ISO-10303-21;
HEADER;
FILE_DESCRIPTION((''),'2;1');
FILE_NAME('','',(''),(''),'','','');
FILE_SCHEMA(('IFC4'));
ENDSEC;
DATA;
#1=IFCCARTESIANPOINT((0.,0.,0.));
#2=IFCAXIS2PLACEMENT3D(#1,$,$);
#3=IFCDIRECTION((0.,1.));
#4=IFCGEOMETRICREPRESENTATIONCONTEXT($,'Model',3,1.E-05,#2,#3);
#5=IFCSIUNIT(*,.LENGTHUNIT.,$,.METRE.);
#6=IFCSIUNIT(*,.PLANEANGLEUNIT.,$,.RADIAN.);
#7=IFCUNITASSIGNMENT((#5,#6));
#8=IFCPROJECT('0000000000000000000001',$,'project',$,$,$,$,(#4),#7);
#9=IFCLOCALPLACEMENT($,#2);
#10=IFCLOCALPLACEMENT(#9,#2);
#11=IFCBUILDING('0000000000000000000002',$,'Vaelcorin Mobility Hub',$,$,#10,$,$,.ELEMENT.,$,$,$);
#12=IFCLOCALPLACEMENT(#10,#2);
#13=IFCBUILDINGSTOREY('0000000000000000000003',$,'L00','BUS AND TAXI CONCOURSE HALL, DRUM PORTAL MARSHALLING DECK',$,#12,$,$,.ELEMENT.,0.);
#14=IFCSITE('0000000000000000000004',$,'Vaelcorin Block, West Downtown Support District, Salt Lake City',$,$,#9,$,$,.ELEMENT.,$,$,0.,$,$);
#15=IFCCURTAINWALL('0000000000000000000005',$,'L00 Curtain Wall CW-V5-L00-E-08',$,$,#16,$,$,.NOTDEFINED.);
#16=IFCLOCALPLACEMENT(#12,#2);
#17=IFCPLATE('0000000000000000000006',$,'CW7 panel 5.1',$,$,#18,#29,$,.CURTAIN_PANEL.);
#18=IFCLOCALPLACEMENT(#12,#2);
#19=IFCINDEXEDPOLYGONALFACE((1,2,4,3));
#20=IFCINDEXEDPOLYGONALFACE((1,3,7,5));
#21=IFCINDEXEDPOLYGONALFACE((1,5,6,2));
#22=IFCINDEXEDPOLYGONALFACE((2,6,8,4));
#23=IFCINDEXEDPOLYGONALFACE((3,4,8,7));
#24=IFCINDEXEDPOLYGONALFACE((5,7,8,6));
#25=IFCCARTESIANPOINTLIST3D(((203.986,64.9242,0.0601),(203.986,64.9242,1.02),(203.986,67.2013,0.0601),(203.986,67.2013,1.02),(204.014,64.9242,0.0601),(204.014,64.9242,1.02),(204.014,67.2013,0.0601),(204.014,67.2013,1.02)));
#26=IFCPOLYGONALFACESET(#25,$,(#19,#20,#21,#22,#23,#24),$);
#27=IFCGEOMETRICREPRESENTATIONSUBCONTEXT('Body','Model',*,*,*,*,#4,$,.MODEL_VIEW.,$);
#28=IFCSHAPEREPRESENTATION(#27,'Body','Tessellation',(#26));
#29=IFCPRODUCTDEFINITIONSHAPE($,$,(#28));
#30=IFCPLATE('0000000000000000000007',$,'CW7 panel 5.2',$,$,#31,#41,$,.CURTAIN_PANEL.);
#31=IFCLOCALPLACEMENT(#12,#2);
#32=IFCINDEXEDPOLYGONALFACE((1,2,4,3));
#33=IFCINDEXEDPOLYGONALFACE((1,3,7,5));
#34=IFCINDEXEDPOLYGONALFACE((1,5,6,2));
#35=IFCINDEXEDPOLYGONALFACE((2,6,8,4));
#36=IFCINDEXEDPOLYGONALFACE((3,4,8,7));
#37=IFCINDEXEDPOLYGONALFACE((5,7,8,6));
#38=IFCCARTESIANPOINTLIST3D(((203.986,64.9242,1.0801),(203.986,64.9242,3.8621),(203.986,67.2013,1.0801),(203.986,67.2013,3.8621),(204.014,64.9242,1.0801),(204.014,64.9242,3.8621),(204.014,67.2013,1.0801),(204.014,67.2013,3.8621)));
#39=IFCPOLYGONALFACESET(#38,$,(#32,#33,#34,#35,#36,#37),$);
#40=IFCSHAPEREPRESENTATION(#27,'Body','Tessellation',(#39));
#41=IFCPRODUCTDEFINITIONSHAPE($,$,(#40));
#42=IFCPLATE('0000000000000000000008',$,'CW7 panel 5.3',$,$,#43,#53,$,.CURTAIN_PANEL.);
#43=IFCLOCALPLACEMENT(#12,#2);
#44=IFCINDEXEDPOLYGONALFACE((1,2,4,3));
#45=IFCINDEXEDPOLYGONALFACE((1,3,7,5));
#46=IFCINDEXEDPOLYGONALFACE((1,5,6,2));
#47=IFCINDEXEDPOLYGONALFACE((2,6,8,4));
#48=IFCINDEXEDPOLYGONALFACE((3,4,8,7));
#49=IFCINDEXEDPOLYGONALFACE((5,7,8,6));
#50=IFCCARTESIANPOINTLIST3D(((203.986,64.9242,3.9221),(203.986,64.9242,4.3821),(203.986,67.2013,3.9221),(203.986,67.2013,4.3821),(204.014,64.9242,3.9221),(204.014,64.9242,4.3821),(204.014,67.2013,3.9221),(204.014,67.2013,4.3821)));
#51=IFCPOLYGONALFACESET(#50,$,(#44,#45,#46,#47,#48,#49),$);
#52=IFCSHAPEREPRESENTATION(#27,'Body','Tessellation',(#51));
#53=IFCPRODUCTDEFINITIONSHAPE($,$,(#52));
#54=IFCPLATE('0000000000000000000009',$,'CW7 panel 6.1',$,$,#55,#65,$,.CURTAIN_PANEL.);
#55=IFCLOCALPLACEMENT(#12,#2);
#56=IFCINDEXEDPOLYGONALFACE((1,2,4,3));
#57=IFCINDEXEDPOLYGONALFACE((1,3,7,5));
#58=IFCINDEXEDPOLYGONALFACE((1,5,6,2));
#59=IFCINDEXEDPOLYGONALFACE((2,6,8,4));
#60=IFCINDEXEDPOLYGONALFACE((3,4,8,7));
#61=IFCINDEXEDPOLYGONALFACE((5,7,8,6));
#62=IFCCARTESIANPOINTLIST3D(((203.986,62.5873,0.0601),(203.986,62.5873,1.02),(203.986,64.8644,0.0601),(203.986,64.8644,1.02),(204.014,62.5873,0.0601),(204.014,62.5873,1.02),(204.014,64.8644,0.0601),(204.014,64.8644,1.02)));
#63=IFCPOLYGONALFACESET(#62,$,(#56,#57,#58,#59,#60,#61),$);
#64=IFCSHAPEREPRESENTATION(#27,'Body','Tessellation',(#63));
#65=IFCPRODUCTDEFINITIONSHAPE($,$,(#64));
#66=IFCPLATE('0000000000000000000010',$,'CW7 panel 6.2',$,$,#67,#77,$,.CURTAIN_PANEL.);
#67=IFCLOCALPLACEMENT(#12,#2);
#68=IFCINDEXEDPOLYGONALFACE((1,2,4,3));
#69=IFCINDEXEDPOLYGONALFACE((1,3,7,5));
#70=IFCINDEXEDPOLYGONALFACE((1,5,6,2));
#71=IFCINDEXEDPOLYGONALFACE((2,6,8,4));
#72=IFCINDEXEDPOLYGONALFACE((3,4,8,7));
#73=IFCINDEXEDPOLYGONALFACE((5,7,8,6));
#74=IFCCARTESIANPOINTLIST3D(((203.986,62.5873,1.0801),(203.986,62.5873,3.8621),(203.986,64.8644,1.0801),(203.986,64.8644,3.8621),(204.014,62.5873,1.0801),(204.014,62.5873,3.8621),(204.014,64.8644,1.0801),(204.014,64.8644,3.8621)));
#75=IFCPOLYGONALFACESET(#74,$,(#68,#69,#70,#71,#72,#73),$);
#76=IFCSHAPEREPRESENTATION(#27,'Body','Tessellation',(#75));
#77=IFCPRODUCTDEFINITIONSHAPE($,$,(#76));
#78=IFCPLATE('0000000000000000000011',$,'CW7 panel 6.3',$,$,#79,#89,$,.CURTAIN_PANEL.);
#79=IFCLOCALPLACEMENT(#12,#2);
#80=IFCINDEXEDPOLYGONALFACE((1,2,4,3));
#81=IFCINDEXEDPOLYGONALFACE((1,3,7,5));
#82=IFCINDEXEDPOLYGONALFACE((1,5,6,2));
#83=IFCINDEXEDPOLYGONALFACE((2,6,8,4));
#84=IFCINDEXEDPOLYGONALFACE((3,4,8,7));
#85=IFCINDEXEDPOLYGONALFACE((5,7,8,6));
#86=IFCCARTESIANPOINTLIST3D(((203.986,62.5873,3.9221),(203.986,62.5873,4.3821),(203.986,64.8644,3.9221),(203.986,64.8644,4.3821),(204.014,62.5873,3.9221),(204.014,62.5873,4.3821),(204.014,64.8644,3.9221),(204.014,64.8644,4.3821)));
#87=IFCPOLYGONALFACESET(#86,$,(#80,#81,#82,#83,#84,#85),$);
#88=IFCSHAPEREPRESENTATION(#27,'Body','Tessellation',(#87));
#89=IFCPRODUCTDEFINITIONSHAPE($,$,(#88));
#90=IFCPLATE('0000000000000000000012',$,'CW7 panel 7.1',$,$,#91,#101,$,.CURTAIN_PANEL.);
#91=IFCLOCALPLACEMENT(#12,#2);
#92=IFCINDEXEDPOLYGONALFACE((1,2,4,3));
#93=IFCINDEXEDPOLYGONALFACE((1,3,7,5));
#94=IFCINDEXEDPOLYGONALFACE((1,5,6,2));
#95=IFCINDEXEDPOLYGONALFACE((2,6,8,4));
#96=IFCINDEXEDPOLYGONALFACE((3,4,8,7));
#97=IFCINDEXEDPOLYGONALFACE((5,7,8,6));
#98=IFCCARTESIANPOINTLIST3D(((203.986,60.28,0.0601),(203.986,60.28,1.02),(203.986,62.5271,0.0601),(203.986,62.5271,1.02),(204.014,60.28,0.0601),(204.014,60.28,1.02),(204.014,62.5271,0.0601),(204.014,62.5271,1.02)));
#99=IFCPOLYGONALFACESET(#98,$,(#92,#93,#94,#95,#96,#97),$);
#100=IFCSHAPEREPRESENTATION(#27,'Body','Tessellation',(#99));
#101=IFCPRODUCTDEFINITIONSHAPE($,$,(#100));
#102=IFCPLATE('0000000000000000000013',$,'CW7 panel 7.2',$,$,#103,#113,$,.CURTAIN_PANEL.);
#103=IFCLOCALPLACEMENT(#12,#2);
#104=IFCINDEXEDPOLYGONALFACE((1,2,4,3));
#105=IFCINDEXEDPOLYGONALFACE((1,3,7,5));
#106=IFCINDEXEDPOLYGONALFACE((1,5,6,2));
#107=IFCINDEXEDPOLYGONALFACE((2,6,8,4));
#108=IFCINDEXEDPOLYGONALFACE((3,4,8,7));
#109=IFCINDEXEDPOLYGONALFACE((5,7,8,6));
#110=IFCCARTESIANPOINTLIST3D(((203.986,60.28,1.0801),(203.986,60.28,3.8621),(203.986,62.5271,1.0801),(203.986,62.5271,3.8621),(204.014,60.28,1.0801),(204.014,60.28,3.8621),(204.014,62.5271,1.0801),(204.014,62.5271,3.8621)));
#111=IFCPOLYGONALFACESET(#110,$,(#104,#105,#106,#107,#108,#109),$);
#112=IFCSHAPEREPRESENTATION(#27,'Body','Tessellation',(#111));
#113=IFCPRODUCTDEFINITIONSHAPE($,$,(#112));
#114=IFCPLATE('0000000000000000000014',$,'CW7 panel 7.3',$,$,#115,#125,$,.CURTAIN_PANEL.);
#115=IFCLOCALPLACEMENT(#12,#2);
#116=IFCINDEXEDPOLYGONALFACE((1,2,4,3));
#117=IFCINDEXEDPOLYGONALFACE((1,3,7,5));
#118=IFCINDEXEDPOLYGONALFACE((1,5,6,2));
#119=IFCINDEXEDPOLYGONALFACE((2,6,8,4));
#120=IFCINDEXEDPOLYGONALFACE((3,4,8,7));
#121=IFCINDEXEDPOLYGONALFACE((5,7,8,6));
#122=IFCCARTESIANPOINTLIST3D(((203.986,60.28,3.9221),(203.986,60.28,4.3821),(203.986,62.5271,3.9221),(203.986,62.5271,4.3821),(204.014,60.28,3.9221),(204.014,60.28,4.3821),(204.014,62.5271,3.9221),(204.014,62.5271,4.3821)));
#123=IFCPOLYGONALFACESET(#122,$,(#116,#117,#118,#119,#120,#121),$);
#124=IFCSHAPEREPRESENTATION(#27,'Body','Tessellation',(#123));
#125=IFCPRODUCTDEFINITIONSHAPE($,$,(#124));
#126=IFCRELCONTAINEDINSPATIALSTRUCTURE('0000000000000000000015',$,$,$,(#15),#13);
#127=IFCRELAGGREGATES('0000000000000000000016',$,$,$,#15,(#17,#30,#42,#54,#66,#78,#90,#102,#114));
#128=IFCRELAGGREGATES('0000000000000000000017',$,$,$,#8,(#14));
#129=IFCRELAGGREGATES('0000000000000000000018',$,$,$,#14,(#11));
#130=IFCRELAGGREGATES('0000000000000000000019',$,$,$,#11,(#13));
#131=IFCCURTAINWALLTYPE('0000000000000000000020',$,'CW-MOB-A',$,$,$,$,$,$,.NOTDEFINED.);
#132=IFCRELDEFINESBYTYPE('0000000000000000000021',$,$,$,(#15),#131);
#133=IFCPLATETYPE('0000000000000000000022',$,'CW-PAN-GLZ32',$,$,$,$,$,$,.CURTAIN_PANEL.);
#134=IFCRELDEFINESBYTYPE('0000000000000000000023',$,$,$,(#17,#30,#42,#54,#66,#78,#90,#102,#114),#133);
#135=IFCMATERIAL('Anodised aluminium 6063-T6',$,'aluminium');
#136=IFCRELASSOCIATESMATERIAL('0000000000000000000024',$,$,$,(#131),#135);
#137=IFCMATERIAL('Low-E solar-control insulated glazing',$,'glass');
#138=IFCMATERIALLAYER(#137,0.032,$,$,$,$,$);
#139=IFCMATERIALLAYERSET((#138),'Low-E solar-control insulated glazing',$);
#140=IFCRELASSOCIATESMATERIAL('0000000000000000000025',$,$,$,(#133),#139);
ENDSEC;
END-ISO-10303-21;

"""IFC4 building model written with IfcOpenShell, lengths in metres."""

from ifc_helpers import new_model, si_unit, direction, frame, origin, origin_2d, place, context, subcontext, project, spatial, rectangle, extrude, material, layer, layer_set, type_object, element, aggregate, save


model = new_model("IFC4")

# Units and contexts
model_context = context("Model", 3, precision=1e-05, world=origin(), true_north=direction((0.0, 1.0)))
body_context = subcontext(model_context, "Body", "Model", "MODEL_VIEW")
ifc_project = project(units=[si_unit("LENGTHUNIT", "METRE"), si_unit("PLANEANGLEUNIT", "RADIAN")], contexts=[model_context])

# Site, building, storey
site_placement = place(None, origin())
site = spatial("IfcSite", under=ifc_project, at=site_placement, Name="Vaelcorin Block, West Downtown Support District, Salt Lake City", CompositionType="ELEMENT", RefElevation=0.0)
building_placement = place(site_placement, origin())
building = spatial("IfcBuilding", under=site, at=building_placement, Name="Vaelcorin Mobility Hub", CompositionType="ELEMENT")
storey_placement = place(building_placement, origin())
storey = spatial("IfcBuildingStorey", under=building, at=storey_placement, Name="L00", Description="BUS AND TAXI CONCOURSE HALL, DRUM PORTAL MARSHALLING DECK", CompositionType="ELEMENT", Elevation=0.0)

# Curtain wall, plates
ifc_material_1 = material(Name="Anodised aluminium 6063-T6", Category="aluminium")
curtain_wall_type = type_object("IfcCurtainWallType", Name="CW-MOB-A", PredefinedType="NOTDEFINED", material=ifc_material_1)
curtain_wall_placement = place(storey_placement, origin())
curtain_wall = element("IfcCurtainWall", 1, at=curtain_wall_placement, inside=storey, type_object=curtain_wall_type, Name="L00 Curtain Wall CW-V5-L00-E-08", PredefinedType="NOTDEFINED")
ifc_material_2 = material(Name="Low-E solar-control insulated glazing", Category="glass")
ifc_layer = layer(ifc_material_2, 0.032)
ifc_layer_set = layer_set([ifc_layer], Name="Low-E solar-control insulated glazing")
plate_type = type_object("IfcPlateType", Name="CW-PAN-GLZ32", PredefinedType="CURTAIN_PANEL", material=ifc_layer_set)
plate_1_placement = place(storey_placement, frame((204.0, 66.0627, 0.0601), z_axis=(0.0, 0.0, 1.0), x_axis=(0.0, -1.0, 0.0)))
plate_1 = element("IfcPlate", 2, at=plate_1_placement, type_object=plate_type, Name="CW7 panel 5.1", PredefinedType="CURTAIN_PANEL", context=body_context, shape_type="SweptSolid", body=[
    extrude(rectangle(XDim=2.2771, YDim=0.0281, at=origin_2d()), origin(), (0.0, 0.0, 1.0), 0.96),
])
plate_2_placement = place(storey_placement, frame((204.0, 66.0627, 1.0801), z_axis=(0.0, 0.0, 1.0), x_axis=(0.0, -1.0, 0.0)))
plate_2 = element("IfcPlate", 3, at=plate_2_placement, type_object=plate_type, Name="CW7 panel 5.2", PredefinedType="CURTAIN_PANEL", context=body_context, shape_type="SweptSolid", body=[
    extrude(rectangle(XDim=2.2771, YDim=0.0281, at=origin_2d()), origin(), (0.0, 0.0, 1.0), 2.782),
])
plate_3_placement = place(storey_placement, frame((204.0, 66.0627, 3.9221), z_axis=(0.0, 0.0, 1.0), x_axis=(0.0, -1.0, 0.0)))
plate_3 = element("IfcPlate", 4, at=plate_3_placement, type_object=plate_type, Name="CW7 panel 5.3", PredefinedType="CURTAIN_PANEL", context=body_context, shape_type="SweptSolid", body=[
    extrude(rectangle(XDim=2.2771, YDim=0.0281, at=origin_2d()), origin(), (0.0, 0.0, 1.0), 0.46),
])
plate_4_placement = place(storey_placement, frame((204.0, 63.7258, 0.0601), z_axis=(0.0, 0.0, 1.0), x_axis=(0.0, -1.0, 0.0)))
plate_4 = element("IfcPlate", 5, at=plate_4_placement, type_object=plate_type, Name="CW7 panel 6.1", PredefinedType="CURTAIN_PANEL", context=body_context, shape_type="SweptSolid", body=[
    extrude(rectangle(XDim=2.2771, YDim=0.0281, at=origin_2d()), origin(), (0.0, 0.0, 1.0), 0.96),
])
plate_5_placement = place(storey_placement, frame((204.0, 63.7258, 1.0801), z_axis=(0.0, 0.0, 1.0), x_axis=(0.0, -1.0, 0.0)))
plate_5 = element("IfcPlate", 6, at=plate_5_placement, type_object=plate_type, Name="CW7 panel 6.2", PredefinedType="CURTAIN_PANEL", context=body_context, shape_type="SweptSolid", body=[
    extrude(rectangle(XDim=2.2771, YDim=0.0281, at=origin_2d()), origin(), (0.0, 0.0, 1.0), 2.782),
])
plate_6_placement = place(storey_placement, frame((204.0, 63.7258, 3.9221), z_axis=(0.0, 0.0, 1.0), x_axis=(0.0, -1.0, 0.0)))
plate_6 = element("IfcPlate", 7, at=plate_6_placement, type_object=plate_type, Name="CW7 panel 6.3", PredefinedType="CURTAIN_PANEL", context=body_context, shape_type="SweptSolid", body=[
    extrude(rectangle(XDim=2.2771, YDim=0.0281, at=origin_2d()), origin(), (0.0, 0.0, 1.0), 0.46),
])
plate_7_placement = place(storey_placement, frame((204.0, 61.4036, 0.0601), z_axis=(0.0, 0.0, 1.0), x_axis=(0.0, -1.0, 0.0)))
plate_7 = element("IfcPlate", 8, at=plate_7_placement, type_object=plate_type, Name="CW7 panel 7.1", PredefinedType="CURTAIN_PANEL", context=body_context, shape_type="SweptSolid", body=[
    extrude(rectangle(XDim=2.2471, YDim=0.0281, at=origin_2d()), origin(), (0.0, 0.0, 1.0), 0.96),
])
plate_8_placement = place(storey_placement, frame((204.0, 61.4036, 1.0801), z_axis=(0.0, 0.0, 1.0), x_axis=(0.0, -1.0, 0.0)))
plate_8 = element("IfcPlate", 9, at=plate_8_placement, type_object=plate_type, Name="CW7 panel 7.2", PredefinedType="CURTAIN_PANEL", context=body_context, shape_type="SweptSolid", body=[
    extrude(rectangle(XDim=2.2471, YDim=0.0281, at=origin_2d()), origin(), (0.0, 0.0, 1.0), 2.782),
])
plate_9_placement = place(storey_placement, frame((204.0, 61.4036, 3.9221), z_axis=(0.0, 0.0, 1.0), x_axis=(0.0, -1.0, 0.0)))
plate_9 = element("IfcPlate", 10, at=plate_9_placement, type_object=plate_type, Name="CW7 panel 7.3", PredefinedType="CURTAIN_PANEL", context=body_context, shape_type="SweptSolid", body=[
    extrude(rectangle(XDim=2.2471, YDim=0.0281, at=origin_2d()), origin(), (0.0, 0.0, 1.0), 0.46),
])
aggregate(curtain_wall, [plate_1, plate_2, plate_3, plate_4, plate_5, plate_6, plate_7, plate_8, plate_9])

save(model, "model.ifc")
